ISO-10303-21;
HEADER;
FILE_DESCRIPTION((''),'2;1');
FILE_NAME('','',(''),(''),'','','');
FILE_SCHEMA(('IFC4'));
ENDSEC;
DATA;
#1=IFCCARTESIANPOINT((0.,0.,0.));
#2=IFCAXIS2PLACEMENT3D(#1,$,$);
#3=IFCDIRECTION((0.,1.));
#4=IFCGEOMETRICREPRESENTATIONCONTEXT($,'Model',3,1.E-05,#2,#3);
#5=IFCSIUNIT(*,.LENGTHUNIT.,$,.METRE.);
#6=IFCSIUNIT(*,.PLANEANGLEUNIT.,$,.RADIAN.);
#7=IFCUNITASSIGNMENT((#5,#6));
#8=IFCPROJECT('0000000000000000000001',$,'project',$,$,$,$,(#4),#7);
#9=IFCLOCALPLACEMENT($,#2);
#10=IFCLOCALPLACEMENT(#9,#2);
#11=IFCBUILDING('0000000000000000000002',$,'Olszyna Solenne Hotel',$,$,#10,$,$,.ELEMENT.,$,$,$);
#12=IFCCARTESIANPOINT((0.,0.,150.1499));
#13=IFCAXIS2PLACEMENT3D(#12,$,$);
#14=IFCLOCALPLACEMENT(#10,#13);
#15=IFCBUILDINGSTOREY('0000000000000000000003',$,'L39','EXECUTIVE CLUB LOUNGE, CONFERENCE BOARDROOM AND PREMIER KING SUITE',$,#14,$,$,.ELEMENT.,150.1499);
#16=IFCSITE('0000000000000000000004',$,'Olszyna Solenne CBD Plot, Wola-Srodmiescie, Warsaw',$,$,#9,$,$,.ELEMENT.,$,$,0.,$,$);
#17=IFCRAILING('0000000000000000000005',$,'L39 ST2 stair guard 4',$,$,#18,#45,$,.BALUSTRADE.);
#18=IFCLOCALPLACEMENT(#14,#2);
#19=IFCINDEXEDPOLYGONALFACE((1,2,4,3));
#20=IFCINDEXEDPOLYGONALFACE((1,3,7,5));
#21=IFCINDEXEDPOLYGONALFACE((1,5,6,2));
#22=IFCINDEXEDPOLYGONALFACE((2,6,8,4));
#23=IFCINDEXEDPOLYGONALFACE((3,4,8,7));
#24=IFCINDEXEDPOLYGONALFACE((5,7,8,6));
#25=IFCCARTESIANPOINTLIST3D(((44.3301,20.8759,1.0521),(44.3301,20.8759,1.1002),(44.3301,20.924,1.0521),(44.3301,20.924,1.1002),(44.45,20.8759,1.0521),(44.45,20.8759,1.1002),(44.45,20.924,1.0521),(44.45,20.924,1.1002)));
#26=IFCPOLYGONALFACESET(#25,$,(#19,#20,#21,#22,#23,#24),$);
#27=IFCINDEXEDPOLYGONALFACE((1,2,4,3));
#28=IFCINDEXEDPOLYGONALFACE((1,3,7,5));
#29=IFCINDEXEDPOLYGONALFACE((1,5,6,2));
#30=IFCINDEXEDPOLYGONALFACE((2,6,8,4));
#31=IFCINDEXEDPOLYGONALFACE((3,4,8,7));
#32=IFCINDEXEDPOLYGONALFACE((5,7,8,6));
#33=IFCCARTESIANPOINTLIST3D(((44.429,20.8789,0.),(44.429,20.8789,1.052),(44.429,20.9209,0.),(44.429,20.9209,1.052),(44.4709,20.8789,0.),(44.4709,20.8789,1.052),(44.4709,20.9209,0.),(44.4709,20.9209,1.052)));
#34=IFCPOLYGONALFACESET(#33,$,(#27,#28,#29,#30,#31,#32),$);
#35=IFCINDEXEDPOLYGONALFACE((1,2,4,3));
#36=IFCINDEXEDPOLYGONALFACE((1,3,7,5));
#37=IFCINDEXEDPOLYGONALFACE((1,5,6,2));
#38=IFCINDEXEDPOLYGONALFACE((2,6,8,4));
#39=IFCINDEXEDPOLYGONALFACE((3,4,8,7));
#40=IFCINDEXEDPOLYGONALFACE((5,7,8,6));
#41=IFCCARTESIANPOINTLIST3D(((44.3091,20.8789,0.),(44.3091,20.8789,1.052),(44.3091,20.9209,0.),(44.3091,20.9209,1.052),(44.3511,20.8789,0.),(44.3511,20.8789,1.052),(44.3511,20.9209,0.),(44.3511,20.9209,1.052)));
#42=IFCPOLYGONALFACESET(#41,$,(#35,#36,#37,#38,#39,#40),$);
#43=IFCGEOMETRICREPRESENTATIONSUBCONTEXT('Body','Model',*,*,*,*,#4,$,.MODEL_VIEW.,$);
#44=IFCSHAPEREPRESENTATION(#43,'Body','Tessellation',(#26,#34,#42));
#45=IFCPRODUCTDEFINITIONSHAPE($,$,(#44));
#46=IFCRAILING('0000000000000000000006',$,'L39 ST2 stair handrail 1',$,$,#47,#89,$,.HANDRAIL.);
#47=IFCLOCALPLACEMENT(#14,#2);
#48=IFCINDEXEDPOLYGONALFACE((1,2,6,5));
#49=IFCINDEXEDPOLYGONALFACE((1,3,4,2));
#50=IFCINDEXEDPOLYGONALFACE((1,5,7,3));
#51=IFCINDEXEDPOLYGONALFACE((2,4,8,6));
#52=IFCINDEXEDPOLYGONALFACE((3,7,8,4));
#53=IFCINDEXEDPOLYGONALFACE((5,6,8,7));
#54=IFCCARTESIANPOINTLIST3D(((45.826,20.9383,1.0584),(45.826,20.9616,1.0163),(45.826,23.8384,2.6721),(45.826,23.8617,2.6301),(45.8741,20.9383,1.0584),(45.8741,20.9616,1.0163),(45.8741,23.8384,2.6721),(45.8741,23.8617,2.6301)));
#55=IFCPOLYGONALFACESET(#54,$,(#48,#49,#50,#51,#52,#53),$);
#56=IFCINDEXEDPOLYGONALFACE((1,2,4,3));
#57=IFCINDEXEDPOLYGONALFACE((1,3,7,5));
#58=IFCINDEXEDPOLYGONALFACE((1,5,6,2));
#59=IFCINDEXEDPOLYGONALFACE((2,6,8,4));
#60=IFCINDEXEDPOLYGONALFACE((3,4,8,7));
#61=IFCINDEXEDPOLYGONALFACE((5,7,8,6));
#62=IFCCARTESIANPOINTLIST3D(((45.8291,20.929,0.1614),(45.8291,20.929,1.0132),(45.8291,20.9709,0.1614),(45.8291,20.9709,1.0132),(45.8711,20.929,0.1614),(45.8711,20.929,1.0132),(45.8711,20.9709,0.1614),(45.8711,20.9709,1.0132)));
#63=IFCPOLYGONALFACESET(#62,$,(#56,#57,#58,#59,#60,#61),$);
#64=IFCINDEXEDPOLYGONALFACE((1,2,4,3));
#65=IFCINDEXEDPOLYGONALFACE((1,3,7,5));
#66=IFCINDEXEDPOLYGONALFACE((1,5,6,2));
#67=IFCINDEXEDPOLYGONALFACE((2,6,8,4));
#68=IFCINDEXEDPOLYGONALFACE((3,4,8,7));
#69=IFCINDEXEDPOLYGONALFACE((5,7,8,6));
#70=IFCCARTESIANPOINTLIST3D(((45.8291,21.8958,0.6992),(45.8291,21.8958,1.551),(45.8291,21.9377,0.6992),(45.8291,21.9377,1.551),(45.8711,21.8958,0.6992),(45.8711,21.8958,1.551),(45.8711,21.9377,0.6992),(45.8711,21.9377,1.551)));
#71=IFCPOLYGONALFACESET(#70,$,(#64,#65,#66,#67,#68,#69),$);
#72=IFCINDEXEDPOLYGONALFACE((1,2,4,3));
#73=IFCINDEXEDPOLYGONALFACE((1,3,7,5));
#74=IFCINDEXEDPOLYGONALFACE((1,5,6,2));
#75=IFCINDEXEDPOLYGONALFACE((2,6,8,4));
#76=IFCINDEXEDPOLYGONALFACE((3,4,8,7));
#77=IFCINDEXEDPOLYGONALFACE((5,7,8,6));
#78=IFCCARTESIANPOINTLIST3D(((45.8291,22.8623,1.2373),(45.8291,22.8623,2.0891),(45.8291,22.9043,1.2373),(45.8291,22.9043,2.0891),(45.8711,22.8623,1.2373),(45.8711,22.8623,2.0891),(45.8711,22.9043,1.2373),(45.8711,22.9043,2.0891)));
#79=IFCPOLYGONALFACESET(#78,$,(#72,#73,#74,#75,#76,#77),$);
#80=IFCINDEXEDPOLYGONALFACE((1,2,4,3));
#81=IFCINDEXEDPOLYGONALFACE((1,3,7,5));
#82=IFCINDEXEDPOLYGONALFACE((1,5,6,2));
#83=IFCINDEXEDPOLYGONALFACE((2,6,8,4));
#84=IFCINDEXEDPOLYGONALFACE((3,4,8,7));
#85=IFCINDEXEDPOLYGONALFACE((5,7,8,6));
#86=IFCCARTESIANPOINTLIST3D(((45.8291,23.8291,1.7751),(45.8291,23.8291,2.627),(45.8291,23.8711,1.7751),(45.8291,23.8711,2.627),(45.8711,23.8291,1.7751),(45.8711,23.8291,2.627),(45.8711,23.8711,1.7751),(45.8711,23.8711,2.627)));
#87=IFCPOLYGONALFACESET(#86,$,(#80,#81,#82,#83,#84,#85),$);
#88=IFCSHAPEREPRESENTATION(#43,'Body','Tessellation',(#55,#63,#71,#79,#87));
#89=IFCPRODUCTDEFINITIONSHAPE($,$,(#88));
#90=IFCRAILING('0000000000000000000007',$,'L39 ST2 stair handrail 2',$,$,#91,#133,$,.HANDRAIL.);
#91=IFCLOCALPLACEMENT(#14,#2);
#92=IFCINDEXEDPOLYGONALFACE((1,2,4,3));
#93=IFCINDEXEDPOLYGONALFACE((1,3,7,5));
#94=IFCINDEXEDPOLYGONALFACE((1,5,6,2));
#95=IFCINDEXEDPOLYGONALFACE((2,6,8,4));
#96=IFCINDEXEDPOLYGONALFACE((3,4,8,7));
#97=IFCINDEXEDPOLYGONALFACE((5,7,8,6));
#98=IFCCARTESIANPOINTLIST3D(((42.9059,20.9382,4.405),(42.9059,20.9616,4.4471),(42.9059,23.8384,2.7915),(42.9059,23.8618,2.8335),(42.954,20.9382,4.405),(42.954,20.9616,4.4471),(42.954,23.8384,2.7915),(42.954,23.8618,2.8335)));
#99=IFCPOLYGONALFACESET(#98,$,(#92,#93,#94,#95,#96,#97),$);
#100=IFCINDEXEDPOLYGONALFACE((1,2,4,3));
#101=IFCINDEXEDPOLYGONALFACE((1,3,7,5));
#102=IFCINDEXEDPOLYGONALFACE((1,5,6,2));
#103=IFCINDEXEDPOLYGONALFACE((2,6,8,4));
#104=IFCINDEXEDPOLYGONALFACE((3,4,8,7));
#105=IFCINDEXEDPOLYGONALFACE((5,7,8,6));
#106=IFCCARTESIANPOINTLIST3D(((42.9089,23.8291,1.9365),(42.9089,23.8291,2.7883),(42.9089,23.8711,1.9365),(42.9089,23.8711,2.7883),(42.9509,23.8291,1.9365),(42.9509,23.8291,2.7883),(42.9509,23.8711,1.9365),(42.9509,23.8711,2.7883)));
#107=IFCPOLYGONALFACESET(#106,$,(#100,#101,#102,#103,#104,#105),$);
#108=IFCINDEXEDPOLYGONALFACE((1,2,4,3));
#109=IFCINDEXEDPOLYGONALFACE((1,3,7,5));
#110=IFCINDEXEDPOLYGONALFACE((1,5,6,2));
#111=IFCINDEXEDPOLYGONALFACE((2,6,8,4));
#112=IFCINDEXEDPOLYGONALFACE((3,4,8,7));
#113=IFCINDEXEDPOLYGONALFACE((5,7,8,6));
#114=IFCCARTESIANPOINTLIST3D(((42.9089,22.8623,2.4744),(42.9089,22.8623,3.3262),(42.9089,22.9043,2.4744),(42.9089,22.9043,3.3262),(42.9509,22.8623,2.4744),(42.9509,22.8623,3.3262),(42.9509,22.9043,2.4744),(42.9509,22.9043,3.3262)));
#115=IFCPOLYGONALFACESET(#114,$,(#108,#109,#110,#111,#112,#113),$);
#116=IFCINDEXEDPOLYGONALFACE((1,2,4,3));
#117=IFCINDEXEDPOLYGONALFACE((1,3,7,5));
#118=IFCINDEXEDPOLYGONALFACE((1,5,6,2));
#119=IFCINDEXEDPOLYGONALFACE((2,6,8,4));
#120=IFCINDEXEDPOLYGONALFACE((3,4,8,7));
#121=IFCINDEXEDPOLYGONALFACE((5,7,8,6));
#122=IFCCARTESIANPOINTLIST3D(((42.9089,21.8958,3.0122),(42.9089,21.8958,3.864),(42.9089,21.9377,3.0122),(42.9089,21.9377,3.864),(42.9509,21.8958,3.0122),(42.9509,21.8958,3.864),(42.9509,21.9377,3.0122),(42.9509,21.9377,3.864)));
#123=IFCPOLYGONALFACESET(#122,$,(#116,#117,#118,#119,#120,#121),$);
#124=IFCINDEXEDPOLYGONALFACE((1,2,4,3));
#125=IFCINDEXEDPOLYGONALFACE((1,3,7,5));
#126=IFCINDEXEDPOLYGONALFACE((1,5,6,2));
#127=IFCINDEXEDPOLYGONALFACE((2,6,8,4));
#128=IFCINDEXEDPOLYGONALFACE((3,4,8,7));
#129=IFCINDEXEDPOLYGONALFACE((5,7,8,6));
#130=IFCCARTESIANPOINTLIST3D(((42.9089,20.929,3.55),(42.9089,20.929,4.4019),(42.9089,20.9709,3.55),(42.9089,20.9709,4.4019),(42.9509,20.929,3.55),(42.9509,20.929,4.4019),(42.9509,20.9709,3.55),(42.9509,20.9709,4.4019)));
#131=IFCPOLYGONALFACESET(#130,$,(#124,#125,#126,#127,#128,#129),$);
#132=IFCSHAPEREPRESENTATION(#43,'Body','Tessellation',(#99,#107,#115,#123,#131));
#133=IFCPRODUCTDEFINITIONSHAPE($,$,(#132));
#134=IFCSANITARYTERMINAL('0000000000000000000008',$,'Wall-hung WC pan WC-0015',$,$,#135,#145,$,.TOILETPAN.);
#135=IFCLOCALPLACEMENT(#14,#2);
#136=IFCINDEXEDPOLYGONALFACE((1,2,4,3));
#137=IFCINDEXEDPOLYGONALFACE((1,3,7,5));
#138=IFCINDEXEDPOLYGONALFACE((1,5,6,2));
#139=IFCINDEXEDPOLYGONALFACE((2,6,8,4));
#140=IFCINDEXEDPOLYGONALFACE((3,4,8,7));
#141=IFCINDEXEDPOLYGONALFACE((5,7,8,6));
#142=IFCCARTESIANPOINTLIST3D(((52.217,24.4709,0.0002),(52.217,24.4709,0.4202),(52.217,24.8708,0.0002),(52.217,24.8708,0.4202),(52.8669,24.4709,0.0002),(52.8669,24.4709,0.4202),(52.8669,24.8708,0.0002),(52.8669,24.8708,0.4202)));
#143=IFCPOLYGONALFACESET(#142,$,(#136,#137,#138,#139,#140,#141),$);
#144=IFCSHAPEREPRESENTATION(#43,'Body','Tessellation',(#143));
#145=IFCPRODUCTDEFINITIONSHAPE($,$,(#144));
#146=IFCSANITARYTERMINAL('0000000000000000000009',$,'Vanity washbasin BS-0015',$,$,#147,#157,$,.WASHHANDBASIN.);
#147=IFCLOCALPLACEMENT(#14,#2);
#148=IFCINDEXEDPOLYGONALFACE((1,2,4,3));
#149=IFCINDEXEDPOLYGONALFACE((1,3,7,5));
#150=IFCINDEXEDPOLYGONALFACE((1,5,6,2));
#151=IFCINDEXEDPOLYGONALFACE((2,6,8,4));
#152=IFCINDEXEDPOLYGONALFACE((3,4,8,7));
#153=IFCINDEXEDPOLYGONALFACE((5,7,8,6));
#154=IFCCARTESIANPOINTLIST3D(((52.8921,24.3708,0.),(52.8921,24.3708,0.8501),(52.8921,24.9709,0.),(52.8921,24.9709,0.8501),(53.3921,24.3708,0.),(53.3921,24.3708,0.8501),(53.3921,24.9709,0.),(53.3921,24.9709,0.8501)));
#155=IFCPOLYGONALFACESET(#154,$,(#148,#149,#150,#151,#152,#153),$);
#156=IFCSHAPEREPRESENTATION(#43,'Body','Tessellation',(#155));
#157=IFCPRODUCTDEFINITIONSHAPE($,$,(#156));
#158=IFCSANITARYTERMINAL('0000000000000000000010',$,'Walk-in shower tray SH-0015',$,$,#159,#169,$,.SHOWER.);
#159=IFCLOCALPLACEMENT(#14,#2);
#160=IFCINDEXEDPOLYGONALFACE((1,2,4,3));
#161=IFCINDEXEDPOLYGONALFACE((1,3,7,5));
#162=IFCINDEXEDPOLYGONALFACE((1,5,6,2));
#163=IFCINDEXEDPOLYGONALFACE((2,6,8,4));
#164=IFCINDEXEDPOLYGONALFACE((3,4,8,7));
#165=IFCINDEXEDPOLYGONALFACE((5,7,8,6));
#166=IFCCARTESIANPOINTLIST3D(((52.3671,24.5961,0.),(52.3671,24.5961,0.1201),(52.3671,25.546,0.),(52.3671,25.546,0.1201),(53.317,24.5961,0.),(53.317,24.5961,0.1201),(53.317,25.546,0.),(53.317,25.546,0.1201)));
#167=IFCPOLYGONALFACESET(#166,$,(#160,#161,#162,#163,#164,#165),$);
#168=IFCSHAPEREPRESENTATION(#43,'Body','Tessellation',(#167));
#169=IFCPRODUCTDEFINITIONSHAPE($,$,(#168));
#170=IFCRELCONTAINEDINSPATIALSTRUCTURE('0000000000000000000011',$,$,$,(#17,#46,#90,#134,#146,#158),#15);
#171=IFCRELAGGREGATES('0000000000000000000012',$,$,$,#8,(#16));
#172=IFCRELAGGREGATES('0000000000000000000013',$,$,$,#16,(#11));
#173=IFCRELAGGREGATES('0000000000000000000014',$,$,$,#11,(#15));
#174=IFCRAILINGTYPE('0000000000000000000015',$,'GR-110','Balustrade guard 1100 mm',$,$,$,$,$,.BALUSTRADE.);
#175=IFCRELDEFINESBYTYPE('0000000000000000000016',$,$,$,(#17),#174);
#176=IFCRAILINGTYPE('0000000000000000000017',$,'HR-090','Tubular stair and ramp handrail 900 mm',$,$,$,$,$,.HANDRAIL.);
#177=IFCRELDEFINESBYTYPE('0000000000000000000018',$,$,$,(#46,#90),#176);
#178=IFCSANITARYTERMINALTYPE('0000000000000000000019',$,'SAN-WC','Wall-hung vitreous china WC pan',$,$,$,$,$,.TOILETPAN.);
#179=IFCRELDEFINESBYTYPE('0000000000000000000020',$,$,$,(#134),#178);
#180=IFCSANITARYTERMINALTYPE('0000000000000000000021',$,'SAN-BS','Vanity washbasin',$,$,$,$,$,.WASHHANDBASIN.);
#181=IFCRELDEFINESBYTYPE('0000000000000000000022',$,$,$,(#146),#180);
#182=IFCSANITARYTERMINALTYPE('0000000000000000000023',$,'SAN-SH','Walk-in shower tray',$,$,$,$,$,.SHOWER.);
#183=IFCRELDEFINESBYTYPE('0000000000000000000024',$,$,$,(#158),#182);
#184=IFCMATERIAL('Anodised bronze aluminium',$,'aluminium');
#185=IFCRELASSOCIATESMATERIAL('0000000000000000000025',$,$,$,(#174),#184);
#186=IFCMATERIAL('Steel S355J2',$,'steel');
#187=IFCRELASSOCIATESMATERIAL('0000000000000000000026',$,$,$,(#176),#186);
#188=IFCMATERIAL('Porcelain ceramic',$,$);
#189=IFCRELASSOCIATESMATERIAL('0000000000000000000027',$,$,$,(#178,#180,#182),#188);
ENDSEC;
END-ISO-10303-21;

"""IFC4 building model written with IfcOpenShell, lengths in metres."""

from ifc_helpers import new_model, si_unit, direction, frame, origin, origin_2d, place, context, subcontext, project, spatial, rectangle, extrude, source, transform, mapped, material, type_object, element, save


model = new_model("IFC4")

# Units and contexts
model_context = context("Model", 3, precision=1e-05, world=origin(), true_north=direction((0.0, 1.0)))
body_context = subcontext(model_context, "Body", "Model", "MODEL_VIEW")
ifc_project = project(units=[si_unit("LENGTHUNIT", "METRE"), si_unit("PLANEANGLEUNIT", "RADIAN")], contexts=[model_context])

# Site, building, storey
site_placement = place(None, origin())
site = spatial("IfcSite", under=ifc_project, at=site_placement, Name="Olszyna Solenne CBD Plot, Wola-Srodmiescie, Warsaw", CompositionType="ELEMENT", RefElevation=0.0)
building_placement = place(site_placement, origin())
building = spatial("IfcBuilding", under=site, at=building_placement, Name="Olszyna Solenne Hotel", CompositionType="ELEMENT")
storey_placement = place(building_placement, frame((0.0, 0.0, 150.1499)))
storey = spatial("IfcBuildingStorey", under=building, at=storey_placement, Name="L39", Description="EXECUTIVE CLUB LOUNGE, CONFERENCE BOARDROOM AND PREMIER KING SUITE", CompositionType="ELEMENT", Elevation=150.1499)

# Shared definitions
ifc_material_1 = material(Name="Steel S355J2", Category="steel")

# Railings
ifc_material_2 = material(Name="Anodised bronze aluminium", Category="aluminium")
railing_type_1 = type_object("IfcRailingType", Name="GR-110", Description="Balustrade guard 1100 mm", PredefinedType="BALUSTRADE", material=ifc_material_2)
railing_1_placement = place(storey_placement, frame((44.45, 20.8999, 0.0)))
element("IfcRailing", 1, at=railing_1_placement, inside=storey, type_object=railing_type_1, Name="L39 ST2 stair guard 4", PredefinedType="BALUSTRADE", context=body_context, shape_type="SweptSolid", body=[
    extrude(rectangle(XDim=0.0481, YDim=0.0481, at=origin_2d()), frame((0.0, 0.0, 1.0762), z_axis=(-1.0, 0.0, 0.0), x_axis=(0.0, -1.0, 0.0)), (0.0, 0.0, 1.0), 0.1199),
    extrude(rectangle(XDim=0.042, YDim=0.042, at=origin_2d()), origin(), (0.0, 0.0, 1.0), 1.052),
    extrude(rectangle(XDim=0.042, YDim=0.042, at=origin_2d()), frame((-0.1199, 0.0, 0.0)), (0.0, 0.0, 1.0), 1.052),
])
railing_type_2 = type_object("IfcRailingType", Name="HR-090", Description="Tubular stair and ramp handrail 900 mm", PredefinedType="HANDRAIL", material=ifc_material_1)
railing_2_placement = place(storey_placement, frame((45.8501, 20.95, 0.1614)))
element("IfcRailing", 2, at=railing_2_placement, inside=storey, type_object=railing_type_2, Name="L39 ST2 stair handrail 1", PredefinedType="HANDRAIL", context=body_context, shape_type="SweptSolid", body=[
    extrude(rectangle(XDim=0.0481, YDim=0.0481, at=origin_2d()), frame((0.0, 0.0, 0.876), z_axis=(0.0, 0.873827, 0.486236), x_axis=(-1.0, 0.0, 0.0)), (0.0, 0.0, 1.0), 3.3188),
    extrude(rectangle(XDim=0.042, YDim=0.042, at=origin_2d()), origin(), (0.0, 0.0, 1.0), 0.8518),
    extrude(rectangle(XDim=0.042, YDim=0.042, at=origin_2d()), frame((0.0, 0.9668, 0.5378)), (0.0, 0.0, 1.0), 0.8518),
    extrude(rectangle(XDim=0.042, YDim=0.042, at=origin_2d()), frame((0.0, 1.9333, 1.0759)), (0.0, 0.0, 1.0), 0.8518),
    extrude(rectangle(XDim=0.042, YDim=0.042, at=origin_2d()), frame((0.0, 2.9001, 1.6138)), (0.0, 0.0, 1.0), 0.8518),
])
railing_3_placement = place(storey_placement, frame((42.9299, 23.8501, 1.9365)))
element("IfcRailing", 3, at=railing_3_placement, inside=storey, type_object=railing_type_2, Name="L39 ST2 stair handrail 2", PredefinedType="HANDRAIL", context=body_context, shape_type="SweptSolid", body=[
    extrude(rectangle(XDim=0.0481, YDim=0.0481, at=origin_2d()), frame((0.0, 0.0, 0.876), z_axis=(0.0, -0.873859, 0.48618), x_axis=(1.0, 0.0, 0.0)), (0.0, 0.0, 1.0), 3.3188),
    extrude(rectangle(XDim=0.042, YDim=0.042, at=origin_2d()), origin(), (0.0, 0.0, 1.0), 0.8518),
    extrude(rectangle(XDim=0.042, YDim=0.042, at=origin_2d()), frame((0.0, -0.9668, 0.5378)), (0.0, 0.0, 1.0), 0.8518),
    extrude(rectangle(XDim=0.042, YDim=0.042, at=origin_2d()), frame((0.0, -1.9333, 1.0757)), (0.0, 0.0, 1.0), 0.8518),
    extrude(rectangle(XDim=0.042, YDim=0.042, at=origin_2d()), frame((0.0, -2.9001, 1.6135)), (0.0, 0.0, 1.0), 0.8518),
])

# Sanitary terminals
ifc_material_3 = material(Name="Porcelain ceramic")
sanitary_terminal_type_1 = type_object("IfcSanitaryTerminalType", Name="SAN-WC", Description="Wall-hung vitreous china WC pan", PredefinedType="TOILETPAN", material=ifc_material_3)
shared_shape_1 = source(origin(), body_context, "Body", "SweptSolid", [
    extrude(rectangle(XDim=0.6499, YDim=0.3999, at=origin_2d()), origin(), (0.0, 0.0, 1.0), 0.4199),
])
sanitary_terminal_1_placement = place(storey_placement, frame((52.542, 24.6709, 0.0002), z_axis=(0.0, 0.0, 1.0), x_axis=(1.0, 0.0, 0.0)))
element("IfcSanitaryTerminal", 4, at=sanitary_terminal_1_placement, inside=storey, type_object=sanitary_terminal_type_1, Name="Wall-hung WC pan WC-0015", PredefinedType="TOILETPAN", context=body_context, shape_type="MappedRepresentation", body=[
    mapped(shared_shape_1, transform((0.0, 0.0, 0.0), x_axis=(1.0, 0.0, 0.0), y_axis=(0.0, 1.0, 0.0), z_axis=(0.0, 0.0, 1.0), scale=1.0)),
])
sanitary_terminal_type_2 = type_object("IfcSanitaryTerminalType", Name="SAN-BS", Description="Vanity washbasin", PredefinedType="WASHHANDBASIN", material=ifc_material_3)
shared_shape_2 = source(origin(), body_context, "Body", "SweptSolid", [
    extrude(rectangle(XDim=0.5, YDim=0.6001, at=origin_2d()), origin(), (0.0, 0.0, 1.0), 0.8501),
])
sanitary_terminal_2_placement = place(storey_placement, frame((53.1421, 24.6709, 0.0), z_axis=(0.0, 0.0, 1.0), x_axis=(1.0, 0.0, 0.0)))
element("IfcSanitaryTerminal", 5, at=sanitary_terminal_2_placement, inside=storey, type_object=sanitary_terminal_type_2, Name="Vanity washbasin BS-0015", PredefinedType="WASHHANDBASIN", context=body_context, shape_type="MappedRepresentation", body=[
    mapped(shared_shape_2, transform((0.0, 0.0, 0.0), x_axis=(1.0, 0.0, 0.0), y_axis=(0.0, 1.0, 0.0), z_axis=(0.0, 0.0, 1.0), scale=1.0)),
])
sanitary_terminal_type_3 = type_object("IfcSanitaryTerminalType", Name="SAN-SH", Description="Walk-in shower tray", PredefinedType="SHOWER", material=ifc_material_3)
shared_shape_3 = source(origin(), body_context, "Body", "SweptSolid", [
    extrude(rectangle(XDim=0.95, YDim=0.95, at=origin_2d()), origin(), (0.0, 0.0, 1.0), 0.1201),
])
sanitary_terminal_3_placement = place(storey_placement, frame((52.842, 25.071, 0.0), z_axis=(0.0, 0.0, 1.0), x_axis=(1.0, 0.0, 0.0)))
element("IfcSanitaryTerminal", 6, at=sanitary_terminal_3_placement, inside=storey, type_object=sanitary_terminal_type_3, Name="Walk-in shower tray SH-0015", PredefinedType="SHOWER", context=body_context, shape_type="MappedRepresentation", body=[
    mapped(shared_shape_3, transform((0.0, 0.0, 0.0), x_axis=(1.0, 0.0, 0.0), y_axis=(0.0, 1.0, 0.0), z_axis=(0.0, 0.0, 1.0), scale=1.0)),
])

save(model, "model.ifc")
